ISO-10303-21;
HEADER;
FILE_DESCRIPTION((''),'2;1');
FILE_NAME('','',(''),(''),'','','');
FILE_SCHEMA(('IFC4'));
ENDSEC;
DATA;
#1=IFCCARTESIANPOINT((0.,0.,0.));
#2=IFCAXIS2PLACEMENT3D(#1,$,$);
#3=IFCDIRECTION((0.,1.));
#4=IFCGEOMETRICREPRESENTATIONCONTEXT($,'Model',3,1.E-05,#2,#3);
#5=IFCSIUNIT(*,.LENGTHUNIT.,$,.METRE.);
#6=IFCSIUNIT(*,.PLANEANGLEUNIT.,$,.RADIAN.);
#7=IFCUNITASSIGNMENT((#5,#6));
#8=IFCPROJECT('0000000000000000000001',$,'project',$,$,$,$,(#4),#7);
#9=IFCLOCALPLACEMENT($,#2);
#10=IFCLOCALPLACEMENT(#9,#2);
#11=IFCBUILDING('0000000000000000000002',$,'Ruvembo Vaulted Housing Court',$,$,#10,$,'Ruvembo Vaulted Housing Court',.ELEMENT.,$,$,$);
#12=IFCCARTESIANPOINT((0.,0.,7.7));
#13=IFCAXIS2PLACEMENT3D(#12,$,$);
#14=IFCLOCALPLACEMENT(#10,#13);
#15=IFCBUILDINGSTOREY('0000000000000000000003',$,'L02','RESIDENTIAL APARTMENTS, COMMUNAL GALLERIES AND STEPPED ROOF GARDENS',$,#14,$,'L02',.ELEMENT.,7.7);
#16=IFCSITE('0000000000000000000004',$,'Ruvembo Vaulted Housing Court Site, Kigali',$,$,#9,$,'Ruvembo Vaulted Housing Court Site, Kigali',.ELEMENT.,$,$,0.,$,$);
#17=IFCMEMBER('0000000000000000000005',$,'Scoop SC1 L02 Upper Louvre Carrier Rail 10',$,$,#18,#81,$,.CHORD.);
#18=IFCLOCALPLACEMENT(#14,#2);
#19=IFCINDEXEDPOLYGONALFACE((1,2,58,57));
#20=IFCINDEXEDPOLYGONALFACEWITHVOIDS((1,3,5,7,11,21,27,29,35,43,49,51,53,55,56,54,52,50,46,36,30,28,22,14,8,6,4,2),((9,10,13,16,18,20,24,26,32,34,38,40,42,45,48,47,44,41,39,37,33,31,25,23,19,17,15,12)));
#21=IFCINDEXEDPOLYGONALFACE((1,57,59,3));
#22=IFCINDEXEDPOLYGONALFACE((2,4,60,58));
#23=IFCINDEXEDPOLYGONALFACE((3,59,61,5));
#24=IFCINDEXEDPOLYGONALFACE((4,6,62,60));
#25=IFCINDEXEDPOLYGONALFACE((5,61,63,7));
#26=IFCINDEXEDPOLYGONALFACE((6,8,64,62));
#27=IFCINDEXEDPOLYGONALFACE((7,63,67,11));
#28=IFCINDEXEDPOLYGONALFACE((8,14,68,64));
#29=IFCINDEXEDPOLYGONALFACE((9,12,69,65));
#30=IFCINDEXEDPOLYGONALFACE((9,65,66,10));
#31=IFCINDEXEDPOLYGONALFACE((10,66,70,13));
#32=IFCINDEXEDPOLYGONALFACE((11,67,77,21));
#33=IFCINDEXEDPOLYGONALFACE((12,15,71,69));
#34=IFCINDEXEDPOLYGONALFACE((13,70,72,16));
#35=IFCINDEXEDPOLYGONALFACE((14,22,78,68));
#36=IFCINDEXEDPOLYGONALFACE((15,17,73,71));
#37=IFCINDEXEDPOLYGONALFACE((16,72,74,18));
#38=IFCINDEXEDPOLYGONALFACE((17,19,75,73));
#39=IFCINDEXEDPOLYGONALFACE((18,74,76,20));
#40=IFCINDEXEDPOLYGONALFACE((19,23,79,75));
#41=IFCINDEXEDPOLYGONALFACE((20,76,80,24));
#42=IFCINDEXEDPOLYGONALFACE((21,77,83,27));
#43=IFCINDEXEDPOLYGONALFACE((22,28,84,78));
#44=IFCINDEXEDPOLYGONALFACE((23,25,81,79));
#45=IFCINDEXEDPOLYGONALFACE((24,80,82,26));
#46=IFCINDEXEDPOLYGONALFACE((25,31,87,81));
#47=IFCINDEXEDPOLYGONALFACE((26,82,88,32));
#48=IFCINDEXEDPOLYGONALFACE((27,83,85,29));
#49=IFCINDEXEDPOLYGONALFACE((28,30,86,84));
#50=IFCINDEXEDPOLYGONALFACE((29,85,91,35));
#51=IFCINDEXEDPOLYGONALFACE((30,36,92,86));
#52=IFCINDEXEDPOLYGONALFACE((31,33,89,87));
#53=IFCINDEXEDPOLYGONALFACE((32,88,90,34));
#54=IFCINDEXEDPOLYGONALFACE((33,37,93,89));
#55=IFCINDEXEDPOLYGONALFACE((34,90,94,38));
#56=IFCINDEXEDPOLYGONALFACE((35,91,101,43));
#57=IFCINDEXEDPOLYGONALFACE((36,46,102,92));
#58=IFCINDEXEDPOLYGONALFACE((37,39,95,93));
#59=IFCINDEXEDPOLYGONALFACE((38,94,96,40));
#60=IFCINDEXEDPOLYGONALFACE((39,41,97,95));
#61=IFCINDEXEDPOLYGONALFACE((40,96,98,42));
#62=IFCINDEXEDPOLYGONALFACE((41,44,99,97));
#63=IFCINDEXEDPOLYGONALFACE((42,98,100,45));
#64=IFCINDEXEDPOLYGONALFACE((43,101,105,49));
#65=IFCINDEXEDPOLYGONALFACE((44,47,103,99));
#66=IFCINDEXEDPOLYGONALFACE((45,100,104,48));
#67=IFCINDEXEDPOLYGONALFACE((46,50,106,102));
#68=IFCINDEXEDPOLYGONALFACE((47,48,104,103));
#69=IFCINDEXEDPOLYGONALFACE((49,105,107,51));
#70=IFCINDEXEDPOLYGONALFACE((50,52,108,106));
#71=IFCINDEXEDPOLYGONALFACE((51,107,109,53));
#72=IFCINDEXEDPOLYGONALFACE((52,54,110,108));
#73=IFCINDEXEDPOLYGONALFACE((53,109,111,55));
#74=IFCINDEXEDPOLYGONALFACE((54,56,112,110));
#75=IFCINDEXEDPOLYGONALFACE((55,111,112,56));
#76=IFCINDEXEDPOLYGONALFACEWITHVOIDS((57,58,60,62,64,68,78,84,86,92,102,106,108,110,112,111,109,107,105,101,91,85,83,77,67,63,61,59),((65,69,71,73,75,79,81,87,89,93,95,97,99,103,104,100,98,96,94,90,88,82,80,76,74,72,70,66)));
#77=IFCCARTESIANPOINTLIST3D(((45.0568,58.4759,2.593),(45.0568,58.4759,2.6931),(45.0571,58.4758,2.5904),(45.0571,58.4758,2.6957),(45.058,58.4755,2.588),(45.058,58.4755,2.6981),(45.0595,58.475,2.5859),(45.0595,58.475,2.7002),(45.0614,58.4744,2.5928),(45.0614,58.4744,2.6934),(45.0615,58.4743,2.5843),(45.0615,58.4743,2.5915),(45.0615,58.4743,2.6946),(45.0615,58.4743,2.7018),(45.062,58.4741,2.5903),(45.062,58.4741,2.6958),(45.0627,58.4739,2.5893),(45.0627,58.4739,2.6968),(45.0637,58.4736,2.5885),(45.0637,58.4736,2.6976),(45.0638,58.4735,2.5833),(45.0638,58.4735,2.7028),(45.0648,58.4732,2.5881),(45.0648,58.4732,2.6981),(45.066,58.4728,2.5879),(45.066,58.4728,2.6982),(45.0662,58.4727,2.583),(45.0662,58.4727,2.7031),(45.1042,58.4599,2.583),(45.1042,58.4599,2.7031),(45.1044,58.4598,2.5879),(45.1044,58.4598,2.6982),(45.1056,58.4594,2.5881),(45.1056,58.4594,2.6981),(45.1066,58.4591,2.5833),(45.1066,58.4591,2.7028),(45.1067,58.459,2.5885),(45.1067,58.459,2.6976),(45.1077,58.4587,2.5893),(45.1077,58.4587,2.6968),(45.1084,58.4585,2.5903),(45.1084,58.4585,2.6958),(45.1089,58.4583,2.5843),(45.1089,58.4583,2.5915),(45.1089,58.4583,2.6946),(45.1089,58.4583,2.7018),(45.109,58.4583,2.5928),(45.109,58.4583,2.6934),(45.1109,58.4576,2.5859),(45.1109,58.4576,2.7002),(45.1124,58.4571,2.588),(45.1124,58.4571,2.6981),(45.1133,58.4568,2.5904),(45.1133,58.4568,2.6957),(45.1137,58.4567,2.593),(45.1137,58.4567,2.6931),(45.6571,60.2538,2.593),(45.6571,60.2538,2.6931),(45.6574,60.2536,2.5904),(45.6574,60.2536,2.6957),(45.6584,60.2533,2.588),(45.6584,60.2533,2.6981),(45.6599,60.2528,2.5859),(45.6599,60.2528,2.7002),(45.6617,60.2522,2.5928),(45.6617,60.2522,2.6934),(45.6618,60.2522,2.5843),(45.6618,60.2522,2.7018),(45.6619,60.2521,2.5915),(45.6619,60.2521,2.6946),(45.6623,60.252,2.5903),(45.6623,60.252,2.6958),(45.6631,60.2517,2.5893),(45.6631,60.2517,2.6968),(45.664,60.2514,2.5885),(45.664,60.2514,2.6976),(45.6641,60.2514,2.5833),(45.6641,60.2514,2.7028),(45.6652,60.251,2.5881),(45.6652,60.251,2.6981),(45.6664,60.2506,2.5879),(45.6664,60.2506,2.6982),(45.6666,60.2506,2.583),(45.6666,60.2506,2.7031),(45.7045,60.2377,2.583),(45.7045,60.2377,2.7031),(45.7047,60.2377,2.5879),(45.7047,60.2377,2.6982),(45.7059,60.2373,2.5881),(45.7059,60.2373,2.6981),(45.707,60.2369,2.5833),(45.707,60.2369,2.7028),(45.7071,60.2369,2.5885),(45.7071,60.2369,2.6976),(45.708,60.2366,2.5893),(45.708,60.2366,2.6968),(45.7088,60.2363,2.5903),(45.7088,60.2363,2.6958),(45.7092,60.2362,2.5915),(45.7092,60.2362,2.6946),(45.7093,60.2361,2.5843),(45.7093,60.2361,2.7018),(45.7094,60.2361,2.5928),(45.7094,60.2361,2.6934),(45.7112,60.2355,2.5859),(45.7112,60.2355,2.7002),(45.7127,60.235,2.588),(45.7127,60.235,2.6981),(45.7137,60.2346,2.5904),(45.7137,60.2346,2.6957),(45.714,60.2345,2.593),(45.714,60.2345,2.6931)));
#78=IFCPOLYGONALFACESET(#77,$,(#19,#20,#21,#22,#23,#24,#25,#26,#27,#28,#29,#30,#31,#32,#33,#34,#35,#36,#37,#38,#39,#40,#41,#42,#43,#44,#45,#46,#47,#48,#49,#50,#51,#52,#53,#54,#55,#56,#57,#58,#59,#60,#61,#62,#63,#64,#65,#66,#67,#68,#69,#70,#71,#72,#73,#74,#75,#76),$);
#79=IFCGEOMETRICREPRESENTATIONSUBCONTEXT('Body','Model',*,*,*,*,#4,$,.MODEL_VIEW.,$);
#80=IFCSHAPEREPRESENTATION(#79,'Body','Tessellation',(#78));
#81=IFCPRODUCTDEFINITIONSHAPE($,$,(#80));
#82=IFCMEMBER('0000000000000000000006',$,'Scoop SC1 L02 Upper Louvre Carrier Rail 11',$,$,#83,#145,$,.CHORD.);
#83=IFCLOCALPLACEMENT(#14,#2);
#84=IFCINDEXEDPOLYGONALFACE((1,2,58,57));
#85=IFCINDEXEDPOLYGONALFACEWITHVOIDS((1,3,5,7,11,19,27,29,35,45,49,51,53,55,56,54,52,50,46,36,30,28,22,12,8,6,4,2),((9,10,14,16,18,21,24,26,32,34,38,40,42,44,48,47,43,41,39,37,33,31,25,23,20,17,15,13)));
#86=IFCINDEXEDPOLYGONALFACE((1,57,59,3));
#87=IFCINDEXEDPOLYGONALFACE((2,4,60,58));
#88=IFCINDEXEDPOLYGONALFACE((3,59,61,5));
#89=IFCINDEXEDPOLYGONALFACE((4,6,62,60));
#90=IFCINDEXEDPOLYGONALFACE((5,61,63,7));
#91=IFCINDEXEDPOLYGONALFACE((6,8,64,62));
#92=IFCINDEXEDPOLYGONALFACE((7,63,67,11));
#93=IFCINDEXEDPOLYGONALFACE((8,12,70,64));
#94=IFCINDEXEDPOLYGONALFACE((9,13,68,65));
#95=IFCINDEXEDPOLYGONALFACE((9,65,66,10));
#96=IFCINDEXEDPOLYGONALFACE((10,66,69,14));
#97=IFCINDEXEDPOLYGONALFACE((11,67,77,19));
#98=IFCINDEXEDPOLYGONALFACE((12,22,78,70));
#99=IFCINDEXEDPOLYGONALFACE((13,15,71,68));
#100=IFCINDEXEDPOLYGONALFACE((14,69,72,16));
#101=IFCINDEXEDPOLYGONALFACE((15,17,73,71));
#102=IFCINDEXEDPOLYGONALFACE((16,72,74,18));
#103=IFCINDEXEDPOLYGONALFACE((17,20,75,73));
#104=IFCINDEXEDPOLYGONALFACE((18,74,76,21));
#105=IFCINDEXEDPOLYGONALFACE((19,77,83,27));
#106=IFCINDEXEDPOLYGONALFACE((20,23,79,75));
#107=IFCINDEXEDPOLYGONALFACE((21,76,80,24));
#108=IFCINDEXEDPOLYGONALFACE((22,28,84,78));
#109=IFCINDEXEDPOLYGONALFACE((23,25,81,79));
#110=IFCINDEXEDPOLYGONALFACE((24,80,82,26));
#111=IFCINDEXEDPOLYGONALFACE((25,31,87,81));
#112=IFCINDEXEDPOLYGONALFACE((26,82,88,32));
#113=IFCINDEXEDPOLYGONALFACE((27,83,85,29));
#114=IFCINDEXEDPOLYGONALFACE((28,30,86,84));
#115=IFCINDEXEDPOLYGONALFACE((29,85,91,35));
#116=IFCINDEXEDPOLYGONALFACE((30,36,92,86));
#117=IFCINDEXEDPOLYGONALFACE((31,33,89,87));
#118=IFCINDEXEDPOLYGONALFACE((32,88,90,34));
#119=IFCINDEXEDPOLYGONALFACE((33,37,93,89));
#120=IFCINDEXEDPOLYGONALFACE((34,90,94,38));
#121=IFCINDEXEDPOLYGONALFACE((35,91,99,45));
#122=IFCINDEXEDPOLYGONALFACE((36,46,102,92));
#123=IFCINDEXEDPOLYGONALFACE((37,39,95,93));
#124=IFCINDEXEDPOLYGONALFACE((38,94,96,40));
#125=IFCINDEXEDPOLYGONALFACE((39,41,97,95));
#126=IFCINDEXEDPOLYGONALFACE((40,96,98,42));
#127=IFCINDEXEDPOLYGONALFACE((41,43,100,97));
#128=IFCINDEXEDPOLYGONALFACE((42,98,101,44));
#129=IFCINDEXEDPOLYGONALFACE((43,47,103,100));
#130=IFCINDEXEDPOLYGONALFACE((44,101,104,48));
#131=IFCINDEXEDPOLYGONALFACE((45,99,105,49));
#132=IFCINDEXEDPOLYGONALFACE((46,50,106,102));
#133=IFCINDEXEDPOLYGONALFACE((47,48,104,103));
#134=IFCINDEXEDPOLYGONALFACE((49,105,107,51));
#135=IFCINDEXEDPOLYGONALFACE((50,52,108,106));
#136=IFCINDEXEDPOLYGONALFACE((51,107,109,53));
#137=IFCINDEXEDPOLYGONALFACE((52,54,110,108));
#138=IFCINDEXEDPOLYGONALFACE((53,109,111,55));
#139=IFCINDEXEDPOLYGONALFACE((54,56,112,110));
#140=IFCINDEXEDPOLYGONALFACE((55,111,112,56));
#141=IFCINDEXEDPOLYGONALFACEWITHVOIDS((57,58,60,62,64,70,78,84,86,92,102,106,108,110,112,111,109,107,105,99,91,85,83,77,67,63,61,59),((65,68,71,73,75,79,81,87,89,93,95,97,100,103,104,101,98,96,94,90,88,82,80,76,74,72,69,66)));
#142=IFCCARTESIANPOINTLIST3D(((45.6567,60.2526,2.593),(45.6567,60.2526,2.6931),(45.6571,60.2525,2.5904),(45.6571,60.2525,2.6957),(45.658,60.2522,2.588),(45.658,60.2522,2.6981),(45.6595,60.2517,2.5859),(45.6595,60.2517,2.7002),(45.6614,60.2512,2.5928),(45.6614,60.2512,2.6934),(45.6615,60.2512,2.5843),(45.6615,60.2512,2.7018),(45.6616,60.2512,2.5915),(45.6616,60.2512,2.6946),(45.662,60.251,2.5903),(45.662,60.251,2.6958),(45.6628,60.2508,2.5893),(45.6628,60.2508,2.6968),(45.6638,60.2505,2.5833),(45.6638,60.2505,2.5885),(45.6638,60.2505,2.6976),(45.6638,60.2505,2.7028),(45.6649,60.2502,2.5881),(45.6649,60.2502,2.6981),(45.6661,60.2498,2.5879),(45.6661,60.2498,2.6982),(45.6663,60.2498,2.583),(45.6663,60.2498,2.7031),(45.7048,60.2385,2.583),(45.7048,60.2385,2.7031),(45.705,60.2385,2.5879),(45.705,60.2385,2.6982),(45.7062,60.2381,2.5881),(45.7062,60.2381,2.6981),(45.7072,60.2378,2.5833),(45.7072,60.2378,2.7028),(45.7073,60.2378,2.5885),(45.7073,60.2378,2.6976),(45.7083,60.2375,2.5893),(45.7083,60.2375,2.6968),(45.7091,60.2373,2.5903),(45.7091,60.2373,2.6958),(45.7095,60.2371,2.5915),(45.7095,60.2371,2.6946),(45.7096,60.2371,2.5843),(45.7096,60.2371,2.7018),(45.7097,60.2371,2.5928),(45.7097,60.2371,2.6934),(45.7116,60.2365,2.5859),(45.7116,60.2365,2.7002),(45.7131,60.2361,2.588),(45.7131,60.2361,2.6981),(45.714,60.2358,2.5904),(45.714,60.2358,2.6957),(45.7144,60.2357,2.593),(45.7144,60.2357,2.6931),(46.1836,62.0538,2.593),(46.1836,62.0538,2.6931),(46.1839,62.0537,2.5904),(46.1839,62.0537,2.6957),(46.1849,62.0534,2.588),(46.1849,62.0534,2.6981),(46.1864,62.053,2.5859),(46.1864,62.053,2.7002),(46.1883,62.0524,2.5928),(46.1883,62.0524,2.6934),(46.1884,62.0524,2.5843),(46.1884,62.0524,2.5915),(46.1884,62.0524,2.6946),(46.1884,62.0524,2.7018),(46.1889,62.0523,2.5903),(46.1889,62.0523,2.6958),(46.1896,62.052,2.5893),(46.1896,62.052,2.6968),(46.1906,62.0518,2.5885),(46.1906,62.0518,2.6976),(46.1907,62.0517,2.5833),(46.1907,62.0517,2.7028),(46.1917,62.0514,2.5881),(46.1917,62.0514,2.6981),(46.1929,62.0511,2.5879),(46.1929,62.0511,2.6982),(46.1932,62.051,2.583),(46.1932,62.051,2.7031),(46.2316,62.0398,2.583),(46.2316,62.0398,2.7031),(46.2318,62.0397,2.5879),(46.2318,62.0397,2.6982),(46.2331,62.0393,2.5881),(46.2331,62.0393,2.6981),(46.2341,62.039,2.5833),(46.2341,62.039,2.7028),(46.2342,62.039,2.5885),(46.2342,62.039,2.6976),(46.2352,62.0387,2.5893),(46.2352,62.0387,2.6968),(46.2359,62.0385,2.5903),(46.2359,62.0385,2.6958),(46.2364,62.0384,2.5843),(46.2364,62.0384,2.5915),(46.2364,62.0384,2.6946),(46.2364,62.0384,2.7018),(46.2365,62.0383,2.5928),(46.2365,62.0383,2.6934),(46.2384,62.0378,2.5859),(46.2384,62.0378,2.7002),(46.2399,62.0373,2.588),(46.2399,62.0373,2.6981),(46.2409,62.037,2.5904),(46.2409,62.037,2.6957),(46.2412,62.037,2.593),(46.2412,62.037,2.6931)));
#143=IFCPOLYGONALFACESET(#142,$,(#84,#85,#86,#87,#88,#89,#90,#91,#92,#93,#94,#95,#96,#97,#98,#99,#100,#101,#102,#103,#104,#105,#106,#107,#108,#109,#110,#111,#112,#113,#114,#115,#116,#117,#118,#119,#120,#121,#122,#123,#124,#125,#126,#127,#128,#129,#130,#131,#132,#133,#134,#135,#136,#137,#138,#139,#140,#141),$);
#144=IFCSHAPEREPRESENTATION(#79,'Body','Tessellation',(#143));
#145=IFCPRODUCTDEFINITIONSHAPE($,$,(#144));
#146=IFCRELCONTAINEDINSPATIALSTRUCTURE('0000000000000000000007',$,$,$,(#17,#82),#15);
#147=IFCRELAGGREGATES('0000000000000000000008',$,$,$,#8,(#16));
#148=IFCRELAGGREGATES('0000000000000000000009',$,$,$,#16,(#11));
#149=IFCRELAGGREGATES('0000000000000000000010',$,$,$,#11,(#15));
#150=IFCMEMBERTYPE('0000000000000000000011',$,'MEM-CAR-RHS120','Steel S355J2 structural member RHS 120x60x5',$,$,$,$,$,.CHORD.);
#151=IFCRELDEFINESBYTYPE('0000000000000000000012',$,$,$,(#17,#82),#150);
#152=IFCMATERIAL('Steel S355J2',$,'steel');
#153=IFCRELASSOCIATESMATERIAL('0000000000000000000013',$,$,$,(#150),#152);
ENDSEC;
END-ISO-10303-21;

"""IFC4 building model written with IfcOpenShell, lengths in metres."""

from ifc_helpers import new_model, si_unit, direction, frame, origin, origin_2d, place, context, subcontext, project, spatial, hollow_rectangle, extrude, material, material_profile, profile_set, type_object, element, save


model = new_model("IFC4")

# Units and contexts
model_context = context("Model", 3, precision=1e-05, world=origin(), true_north=direction((0.0, 1.0)))
body_context = subcontext(model_context, "Body", "Model", "MODEL_VIEW")
ifc_project = project(units=[si_unit("LENGTHUNIT", "METRE"), si_unit("PLANEANGLEUNIT", "RADIAN")], contexts=[model_context])

# Site, building, storey
site_placement = place(None, origin())
site = spatial("IfcSite", under=ifc_project, at=site_placement, Name="Ruvembo Vaulted Housing Court Site, Kigali", LongName="Ruvembo Vaulted Housing Court Site, Kigali", CompositionType="ELEMENT", RefElevation=0.0)
building_placement = place(site_placement, origin())
building = spatial("IfcBuilding", under=site, at=building_placement, Name="Ruvembo Vaulted Housing Court", LongName="Ruvembo Vaulted Housing Court", CompositionType="ELEMENT")
storey_placement = place(building_placement, frame((0.0, 0.0, 7.7)))
storey = spatial("IfcBuildingStorey", under=building, at=storey_placement, Name="L02", Description="RESIDENTIAL APARTMENTS, COMMUNAL GALLERIES AND STEPPED ROOF GARDENS", LongName="L02", CompositionType="ELEMENT", Elevation=7.7)

# Shared definitions
ifc_material_1 = material(Name="Steel S355J2", Category="steel")

# Members
ifc_material_profile_1 = material_profile(ifc_material_1, hollow_rectangle(XDim=0.0601, YDim=0.1201, WallThickness=0.0049, InnerFilletRadius=0.0049, OuterFilletRadius=0.01, at=origin_2d()), Name="RHS 120x60x5")
ifc_profile_set_1 = profile_set([ifc_material_profile_1], Name="Steel S355J2")
member_type_1 = type_object("IfcMemberType", Name="MEM-CAR-RHS120", Description="Steel S355J2 structural member RHS 120x60x5", PredefinedType="CHORD", material=ifc_profile_set_1)
member_1_placement = place(storey_placement, frame((45.0852, 58.4663, 2.6431), z_axis=(0.319933, 0.94744, 0.0), x_axis=(-0.94744, 0.319933, 0.0)))
element("IfcMember", 1, at=member_1_placement, inside=storey, type_object=member_type_1, Name="Scoop SC1 L02 Upper Louvre Carrier Rail 10", PredefinedType="CHORD", context=body_context, shape_type="SweptSolid", body=[
    extrude(hollow_rectangle(XDim=0.0601, YDim=0.1201, WallThickness=0.0049, InnerFilletRadius=0.0049, OuterFilletRadius=0.01, at=origin_2d()), origin(), (0.0, 0.0, 1.0), 1.8765),
])
member_2_placement = place(storey_placement, frame((45.6855, 60.2441, 2.6431), z_axis=(0.280729, 0.959787, 0.0), x_axis=(-0.959787, 0.280729, 0.0)))
element("IfcMember", 2, at=member_2_placement, inside=storey, type_object=member_type_1, Name="Scoop SC1 L02 Upper Louvre Carrier Rail 11", PredefinedType="CHORD", context=body_context, shape_type="SweptSolid", body=[
    extrude(hollow_rectangle(XDim=0.0601, YDim=0.1201, WallThickness=0.0049, InnerFilletRadius=0.0049, OuterFilletRadius=0.01, at=origin_2d()), origin(), (0.0, 0.0, 1.0), 1.8767),
])

save(model, "model.ifc")
